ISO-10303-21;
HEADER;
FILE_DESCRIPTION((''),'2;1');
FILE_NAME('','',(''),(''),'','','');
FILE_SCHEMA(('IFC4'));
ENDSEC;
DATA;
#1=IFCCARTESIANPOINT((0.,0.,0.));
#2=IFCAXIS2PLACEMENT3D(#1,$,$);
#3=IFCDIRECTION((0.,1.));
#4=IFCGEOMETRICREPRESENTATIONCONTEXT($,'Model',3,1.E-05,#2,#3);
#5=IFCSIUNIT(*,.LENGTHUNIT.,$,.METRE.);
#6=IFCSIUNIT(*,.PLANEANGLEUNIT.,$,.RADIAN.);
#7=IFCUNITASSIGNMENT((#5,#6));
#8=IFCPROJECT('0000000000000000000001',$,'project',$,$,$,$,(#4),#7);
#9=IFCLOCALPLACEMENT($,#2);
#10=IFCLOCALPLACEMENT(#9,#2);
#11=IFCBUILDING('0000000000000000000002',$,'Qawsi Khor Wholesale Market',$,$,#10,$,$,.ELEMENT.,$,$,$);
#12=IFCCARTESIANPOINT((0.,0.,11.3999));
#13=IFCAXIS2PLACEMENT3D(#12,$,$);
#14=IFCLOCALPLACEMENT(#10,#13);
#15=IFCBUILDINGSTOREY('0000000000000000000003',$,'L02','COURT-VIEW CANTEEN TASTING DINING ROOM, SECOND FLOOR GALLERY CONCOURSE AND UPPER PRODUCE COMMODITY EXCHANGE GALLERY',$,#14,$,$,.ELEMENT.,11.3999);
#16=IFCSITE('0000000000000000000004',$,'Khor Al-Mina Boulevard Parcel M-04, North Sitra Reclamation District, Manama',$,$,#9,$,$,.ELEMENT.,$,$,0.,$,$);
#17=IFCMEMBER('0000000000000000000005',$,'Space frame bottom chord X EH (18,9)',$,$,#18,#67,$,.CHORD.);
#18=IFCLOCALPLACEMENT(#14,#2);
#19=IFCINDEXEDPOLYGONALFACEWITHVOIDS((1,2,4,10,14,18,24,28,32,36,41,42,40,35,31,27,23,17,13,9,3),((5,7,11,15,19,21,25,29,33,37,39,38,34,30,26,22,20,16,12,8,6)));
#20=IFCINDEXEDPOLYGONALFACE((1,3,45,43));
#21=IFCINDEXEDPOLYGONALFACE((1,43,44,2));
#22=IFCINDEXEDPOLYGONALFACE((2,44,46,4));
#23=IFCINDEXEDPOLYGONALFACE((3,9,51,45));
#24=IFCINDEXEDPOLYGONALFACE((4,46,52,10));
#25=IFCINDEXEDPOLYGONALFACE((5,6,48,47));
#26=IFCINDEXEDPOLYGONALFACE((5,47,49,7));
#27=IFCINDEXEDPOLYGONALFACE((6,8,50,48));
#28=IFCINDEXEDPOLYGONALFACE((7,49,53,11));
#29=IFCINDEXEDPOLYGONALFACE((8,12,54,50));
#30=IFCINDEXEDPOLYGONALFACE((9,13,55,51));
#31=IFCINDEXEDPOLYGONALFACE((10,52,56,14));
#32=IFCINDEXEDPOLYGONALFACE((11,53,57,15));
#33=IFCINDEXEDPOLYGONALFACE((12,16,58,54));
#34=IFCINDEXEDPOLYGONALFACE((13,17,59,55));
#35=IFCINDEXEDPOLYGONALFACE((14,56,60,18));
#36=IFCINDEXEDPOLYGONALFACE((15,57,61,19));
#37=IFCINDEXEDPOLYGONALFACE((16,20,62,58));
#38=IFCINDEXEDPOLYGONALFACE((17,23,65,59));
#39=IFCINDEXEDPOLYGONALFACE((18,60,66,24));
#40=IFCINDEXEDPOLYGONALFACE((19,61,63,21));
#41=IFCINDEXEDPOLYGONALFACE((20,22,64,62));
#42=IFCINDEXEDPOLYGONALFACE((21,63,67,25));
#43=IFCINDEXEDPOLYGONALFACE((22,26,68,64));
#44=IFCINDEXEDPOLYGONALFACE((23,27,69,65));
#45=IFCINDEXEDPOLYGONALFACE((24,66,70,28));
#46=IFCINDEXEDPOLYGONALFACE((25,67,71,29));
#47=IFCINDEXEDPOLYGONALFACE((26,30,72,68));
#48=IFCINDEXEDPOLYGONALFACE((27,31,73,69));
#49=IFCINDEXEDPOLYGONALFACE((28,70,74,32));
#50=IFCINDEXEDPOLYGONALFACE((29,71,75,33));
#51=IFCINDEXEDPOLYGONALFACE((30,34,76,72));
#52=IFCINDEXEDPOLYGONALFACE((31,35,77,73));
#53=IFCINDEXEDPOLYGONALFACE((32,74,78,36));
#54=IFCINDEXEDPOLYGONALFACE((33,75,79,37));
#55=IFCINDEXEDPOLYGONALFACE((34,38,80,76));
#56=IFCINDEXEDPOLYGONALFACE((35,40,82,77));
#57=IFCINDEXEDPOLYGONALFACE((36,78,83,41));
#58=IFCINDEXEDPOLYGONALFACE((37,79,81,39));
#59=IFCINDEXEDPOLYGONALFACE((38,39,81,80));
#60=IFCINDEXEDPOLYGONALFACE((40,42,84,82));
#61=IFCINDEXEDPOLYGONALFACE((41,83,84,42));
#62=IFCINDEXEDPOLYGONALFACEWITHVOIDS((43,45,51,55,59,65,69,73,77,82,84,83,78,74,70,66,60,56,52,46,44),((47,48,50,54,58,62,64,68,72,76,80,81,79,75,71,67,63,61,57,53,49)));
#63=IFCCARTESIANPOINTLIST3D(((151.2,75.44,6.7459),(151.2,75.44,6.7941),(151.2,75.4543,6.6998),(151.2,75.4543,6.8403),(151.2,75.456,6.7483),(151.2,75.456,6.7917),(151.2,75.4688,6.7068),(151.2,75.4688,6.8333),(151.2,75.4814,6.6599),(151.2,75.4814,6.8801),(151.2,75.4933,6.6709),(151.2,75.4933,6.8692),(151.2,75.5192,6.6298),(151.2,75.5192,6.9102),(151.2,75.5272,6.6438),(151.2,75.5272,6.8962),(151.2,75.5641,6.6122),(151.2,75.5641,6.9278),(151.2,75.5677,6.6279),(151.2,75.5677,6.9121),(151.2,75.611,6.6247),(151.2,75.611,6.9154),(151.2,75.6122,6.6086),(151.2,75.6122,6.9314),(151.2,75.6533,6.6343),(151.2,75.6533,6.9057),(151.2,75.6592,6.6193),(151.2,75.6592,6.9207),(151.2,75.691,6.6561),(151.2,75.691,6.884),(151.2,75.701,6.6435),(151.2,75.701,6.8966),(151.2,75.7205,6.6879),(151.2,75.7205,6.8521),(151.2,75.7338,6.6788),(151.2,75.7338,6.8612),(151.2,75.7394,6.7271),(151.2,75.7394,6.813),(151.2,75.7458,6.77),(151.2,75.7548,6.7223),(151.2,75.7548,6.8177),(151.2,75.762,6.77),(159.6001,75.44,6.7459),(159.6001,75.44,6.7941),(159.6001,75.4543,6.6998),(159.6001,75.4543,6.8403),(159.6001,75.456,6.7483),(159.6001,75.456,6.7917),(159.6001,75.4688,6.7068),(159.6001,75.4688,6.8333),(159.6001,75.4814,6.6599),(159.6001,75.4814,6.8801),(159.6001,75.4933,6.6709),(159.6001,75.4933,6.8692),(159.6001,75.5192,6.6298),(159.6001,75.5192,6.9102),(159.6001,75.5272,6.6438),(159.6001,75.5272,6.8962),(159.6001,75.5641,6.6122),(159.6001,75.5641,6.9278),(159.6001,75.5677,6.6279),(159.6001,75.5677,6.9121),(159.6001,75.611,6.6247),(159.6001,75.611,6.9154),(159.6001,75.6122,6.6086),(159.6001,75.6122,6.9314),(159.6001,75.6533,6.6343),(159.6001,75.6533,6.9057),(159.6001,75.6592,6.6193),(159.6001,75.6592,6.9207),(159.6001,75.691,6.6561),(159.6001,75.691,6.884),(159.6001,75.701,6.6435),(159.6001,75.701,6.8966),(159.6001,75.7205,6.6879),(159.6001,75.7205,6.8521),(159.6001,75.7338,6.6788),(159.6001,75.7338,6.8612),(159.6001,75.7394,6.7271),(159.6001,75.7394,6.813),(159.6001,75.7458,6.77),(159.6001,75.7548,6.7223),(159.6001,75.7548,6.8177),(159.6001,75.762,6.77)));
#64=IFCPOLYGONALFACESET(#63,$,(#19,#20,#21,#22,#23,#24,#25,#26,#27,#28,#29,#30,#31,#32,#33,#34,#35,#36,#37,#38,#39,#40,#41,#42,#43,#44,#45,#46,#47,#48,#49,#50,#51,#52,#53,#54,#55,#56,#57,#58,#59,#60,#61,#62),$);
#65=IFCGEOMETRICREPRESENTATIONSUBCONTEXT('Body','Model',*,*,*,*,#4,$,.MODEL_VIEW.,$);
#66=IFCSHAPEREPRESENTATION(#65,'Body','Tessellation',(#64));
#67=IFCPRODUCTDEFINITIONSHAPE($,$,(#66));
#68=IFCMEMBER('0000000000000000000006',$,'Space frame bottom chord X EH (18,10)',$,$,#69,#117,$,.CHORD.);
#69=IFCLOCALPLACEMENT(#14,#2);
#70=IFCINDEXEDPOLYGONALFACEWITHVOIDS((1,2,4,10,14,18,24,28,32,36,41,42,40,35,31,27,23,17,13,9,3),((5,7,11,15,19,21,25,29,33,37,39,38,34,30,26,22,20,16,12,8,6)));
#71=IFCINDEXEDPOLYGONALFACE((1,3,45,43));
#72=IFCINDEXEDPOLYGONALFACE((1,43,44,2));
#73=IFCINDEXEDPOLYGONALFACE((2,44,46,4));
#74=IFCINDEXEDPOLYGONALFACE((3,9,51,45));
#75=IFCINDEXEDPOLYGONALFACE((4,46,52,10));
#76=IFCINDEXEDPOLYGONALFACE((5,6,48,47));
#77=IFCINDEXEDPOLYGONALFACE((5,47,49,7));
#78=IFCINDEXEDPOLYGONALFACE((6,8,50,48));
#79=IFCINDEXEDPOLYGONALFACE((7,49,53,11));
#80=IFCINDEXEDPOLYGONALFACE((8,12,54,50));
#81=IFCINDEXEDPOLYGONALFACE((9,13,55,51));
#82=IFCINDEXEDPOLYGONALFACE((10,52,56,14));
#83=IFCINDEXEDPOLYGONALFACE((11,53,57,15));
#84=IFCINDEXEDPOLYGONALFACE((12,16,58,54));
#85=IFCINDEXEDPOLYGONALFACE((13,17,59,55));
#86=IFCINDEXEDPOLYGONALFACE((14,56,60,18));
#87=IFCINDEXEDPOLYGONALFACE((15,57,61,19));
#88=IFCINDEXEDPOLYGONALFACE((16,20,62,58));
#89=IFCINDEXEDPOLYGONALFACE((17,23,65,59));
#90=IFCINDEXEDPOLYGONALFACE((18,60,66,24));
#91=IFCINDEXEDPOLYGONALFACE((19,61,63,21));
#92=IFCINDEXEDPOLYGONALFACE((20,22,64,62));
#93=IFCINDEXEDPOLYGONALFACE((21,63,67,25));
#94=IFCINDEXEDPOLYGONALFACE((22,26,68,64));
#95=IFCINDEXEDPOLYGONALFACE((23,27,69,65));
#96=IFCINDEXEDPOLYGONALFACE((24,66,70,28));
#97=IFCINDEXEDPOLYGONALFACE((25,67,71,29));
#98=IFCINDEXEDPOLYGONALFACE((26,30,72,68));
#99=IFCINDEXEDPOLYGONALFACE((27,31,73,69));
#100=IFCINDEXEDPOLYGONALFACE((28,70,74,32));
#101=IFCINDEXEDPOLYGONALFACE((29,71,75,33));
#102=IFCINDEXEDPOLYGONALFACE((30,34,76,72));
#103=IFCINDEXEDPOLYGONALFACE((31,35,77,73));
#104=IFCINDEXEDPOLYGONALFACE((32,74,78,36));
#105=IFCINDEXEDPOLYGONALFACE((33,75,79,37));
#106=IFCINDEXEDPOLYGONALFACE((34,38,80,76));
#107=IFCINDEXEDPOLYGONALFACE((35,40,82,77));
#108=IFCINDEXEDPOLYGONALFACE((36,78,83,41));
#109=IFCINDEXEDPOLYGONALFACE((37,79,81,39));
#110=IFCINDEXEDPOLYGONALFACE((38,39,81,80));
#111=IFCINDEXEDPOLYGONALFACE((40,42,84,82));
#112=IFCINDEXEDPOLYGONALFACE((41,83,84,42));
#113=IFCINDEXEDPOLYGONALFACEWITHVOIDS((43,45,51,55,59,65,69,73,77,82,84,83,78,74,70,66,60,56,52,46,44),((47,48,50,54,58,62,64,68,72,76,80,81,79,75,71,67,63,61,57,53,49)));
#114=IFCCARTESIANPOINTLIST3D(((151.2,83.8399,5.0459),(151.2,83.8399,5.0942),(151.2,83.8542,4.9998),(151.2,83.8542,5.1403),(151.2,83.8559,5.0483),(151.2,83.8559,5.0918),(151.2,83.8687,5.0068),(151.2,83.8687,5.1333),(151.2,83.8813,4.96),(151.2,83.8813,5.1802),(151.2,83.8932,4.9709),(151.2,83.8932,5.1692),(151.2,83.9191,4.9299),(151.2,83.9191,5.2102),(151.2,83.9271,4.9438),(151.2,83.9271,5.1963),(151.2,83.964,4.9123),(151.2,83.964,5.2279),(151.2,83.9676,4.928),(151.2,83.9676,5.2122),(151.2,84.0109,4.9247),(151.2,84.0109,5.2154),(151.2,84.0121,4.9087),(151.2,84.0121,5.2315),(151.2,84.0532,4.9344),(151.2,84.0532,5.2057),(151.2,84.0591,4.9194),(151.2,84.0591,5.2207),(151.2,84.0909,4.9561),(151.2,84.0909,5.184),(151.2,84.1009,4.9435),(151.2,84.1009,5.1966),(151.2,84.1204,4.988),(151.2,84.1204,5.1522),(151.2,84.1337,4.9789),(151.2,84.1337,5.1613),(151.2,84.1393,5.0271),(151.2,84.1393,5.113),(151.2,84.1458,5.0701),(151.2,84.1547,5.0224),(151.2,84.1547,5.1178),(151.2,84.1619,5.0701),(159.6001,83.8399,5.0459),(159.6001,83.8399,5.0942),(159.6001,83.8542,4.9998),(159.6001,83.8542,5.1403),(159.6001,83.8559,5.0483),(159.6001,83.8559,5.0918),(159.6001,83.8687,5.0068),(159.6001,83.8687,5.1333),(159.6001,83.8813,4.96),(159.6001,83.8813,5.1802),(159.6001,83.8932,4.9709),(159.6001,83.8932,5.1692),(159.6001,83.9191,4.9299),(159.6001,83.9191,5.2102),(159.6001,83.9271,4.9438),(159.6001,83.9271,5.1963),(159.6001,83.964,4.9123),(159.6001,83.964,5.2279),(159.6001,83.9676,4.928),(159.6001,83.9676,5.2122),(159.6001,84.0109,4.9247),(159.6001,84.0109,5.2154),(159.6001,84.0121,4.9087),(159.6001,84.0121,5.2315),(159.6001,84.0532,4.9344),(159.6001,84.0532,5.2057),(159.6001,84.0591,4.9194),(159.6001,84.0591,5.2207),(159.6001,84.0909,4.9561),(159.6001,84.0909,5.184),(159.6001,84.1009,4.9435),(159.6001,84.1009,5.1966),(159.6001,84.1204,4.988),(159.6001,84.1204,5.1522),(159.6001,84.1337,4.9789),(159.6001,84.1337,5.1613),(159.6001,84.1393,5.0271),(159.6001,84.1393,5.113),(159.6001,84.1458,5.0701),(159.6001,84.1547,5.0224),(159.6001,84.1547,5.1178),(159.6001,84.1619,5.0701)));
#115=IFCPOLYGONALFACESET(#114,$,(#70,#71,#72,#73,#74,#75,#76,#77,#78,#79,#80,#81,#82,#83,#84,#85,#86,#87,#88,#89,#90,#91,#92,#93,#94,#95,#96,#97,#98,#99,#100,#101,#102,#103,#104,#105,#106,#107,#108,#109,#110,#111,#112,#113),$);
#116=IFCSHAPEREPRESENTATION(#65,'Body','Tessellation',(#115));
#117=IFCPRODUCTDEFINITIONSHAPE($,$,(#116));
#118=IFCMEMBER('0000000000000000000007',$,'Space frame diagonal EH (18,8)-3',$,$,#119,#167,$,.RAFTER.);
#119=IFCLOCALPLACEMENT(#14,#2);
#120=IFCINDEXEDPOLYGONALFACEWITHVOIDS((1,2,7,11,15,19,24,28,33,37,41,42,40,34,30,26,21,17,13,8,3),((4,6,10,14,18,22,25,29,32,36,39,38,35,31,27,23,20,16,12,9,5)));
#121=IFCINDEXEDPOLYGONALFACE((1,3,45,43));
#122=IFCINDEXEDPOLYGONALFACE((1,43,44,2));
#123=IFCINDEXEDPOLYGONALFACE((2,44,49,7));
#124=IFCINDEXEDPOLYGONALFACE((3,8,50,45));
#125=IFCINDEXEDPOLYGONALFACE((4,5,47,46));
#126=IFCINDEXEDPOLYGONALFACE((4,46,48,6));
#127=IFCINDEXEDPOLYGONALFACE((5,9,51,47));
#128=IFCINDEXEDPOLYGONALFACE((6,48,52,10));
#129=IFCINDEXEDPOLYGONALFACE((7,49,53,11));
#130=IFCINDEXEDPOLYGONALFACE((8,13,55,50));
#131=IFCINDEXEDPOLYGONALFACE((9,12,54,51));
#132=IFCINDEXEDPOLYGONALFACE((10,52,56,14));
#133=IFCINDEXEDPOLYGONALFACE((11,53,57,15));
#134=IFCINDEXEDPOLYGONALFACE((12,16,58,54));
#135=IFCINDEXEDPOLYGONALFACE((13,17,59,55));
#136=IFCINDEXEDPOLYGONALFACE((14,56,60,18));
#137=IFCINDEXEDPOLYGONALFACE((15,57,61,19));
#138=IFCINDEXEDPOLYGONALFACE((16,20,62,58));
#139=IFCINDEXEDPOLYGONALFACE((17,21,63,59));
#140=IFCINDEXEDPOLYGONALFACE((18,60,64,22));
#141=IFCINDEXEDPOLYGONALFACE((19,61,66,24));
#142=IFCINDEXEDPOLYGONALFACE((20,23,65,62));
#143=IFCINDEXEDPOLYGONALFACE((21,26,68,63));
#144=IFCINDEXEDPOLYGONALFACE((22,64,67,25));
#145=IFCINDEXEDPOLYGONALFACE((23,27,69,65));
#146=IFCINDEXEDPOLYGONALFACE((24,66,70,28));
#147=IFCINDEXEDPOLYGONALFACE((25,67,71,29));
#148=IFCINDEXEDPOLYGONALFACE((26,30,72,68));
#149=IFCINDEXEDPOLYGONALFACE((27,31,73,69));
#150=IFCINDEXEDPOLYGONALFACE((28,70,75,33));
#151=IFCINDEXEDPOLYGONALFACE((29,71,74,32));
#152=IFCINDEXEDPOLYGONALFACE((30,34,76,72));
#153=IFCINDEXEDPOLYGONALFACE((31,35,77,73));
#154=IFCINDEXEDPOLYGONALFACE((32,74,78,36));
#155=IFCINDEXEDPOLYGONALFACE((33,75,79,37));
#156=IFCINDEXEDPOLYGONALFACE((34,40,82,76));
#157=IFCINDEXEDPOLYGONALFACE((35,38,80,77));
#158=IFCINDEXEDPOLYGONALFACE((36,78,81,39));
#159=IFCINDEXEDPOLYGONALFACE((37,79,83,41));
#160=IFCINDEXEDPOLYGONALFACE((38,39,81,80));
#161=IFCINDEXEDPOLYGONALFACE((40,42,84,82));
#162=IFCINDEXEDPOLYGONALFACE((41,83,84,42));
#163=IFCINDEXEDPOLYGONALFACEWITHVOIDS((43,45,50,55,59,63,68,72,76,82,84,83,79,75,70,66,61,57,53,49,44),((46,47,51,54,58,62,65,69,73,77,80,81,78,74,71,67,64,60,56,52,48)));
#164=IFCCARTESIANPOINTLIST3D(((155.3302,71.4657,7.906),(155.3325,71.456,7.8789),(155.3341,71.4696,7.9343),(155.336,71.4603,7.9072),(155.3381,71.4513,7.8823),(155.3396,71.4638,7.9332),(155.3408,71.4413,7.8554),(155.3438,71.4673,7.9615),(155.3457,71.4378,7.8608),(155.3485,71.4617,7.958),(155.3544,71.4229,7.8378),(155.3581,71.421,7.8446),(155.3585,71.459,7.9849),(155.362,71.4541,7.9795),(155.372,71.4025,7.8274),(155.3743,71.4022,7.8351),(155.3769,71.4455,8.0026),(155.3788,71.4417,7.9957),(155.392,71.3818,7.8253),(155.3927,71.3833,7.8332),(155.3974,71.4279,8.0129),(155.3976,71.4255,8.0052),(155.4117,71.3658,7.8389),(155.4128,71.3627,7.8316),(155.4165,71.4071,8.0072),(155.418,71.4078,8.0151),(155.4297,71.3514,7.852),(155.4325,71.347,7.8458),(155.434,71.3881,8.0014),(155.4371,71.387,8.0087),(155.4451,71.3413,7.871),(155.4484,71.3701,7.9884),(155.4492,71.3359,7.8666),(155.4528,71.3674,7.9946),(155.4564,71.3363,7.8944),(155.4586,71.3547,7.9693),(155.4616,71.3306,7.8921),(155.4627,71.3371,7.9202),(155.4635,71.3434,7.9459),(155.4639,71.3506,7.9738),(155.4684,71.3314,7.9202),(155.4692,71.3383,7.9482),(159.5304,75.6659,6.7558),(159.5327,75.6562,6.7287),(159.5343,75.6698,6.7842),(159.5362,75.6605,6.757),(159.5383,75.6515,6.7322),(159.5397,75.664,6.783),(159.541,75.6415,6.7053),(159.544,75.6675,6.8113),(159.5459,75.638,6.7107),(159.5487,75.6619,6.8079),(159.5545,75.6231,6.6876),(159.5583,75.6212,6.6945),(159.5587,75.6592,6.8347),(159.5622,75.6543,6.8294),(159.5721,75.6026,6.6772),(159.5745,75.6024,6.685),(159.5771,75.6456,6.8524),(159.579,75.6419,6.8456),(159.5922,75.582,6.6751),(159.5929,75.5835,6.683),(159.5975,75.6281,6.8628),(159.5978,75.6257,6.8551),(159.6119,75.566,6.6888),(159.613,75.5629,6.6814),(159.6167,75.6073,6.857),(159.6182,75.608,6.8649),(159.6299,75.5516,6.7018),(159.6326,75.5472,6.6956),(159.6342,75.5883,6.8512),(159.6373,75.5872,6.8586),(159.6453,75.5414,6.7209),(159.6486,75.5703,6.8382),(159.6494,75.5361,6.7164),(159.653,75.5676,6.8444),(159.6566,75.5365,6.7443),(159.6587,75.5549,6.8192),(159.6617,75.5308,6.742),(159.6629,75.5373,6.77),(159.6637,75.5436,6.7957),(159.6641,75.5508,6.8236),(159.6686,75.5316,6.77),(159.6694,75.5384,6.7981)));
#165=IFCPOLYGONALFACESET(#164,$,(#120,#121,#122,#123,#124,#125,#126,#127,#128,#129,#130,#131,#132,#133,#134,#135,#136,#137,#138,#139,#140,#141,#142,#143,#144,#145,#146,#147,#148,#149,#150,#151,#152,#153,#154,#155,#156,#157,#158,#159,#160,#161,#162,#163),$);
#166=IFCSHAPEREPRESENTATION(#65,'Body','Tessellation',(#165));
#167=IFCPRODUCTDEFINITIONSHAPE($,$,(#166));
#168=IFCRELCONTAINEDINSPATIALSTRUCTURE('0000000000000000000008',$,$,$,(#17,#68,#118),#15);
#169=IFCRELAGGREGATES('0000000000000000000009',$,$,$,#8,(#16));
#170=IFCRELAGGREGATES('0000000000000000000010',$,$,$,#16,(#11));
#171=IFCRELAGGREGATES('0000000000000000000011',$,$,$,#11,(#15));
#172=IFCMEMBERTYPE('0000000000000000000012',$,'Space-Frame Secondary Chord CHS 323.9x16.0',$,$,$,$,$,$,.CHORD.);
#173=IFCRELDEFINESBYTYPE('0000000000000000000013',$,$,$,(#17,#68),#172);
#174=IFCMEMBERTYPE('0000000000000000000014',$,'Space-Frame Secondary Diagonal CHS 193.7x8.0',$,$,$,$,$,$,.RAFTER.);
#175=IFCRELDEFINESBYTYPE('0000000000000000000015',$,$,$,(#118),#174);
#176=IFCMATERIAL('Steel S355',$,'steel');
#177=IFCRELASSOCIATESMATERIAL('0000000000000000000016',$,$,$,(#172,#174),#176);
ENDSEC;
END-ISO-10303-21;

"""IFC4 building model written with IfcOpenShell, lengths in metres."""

from ifc_helpers import new_model, si_unit, direction, frame, origin, origin_2d, place, context, subcontext, project, spatial, hollow_circle, extrude, material, material_profile, profile_set, type_object, element, save


model = new_model("IFC4")

# Units and contexts
model_context = context("Model", 3, precision=1e-05, world=origin(), true_north=direction((0.0, 1.0)))
body_context = subcontext(model_context, "Body", "Model", "MODEL_VIEW")
ifc_project = project(units=[si_unit("LENGTHUNIT", "METRE"), si_unit("PLANEANGLEUNIT", "RADIAN")], contexts=[model_context])

# Site, building, storey
site_placement = place(None, origin())
site = spatial("IfcSite", under=ifc_project, at=site_placement, Name="Khor Al-Mina Boulevard Parcel M-04, North Sitra Reclamation District, Manama", CompositionType="ELEMENT", RefElevation=0.0)
building_placement = place(site_placement, origin())
building = spatial("IfcBuilding", under=site, at=building_placement, Name="Qawsi Khor Wholesale Market", CompositionType="ELEMENT")
storey_placement = place(building_placement, frame((0.0, 0.0, 11.3999)))
storey = spatial("IfcBuildingStorey", under=building, at=storey_placement, Name="L02", Description="COURT-VIEW CANTEEN TASTING DINING ROOM, SECOND FLOOR GALLERY CONCOURSE AND UPPER PRODUCE COMMODITY EXCHANGE GALLERY", CompositionType="ELEMENT", Elevation=11.3999)

# Members
ifc_material_1 = material(Name="Steel S355", Category="steel")
ifc_material_profile_1 = material_profile(ifc_material_1, hollow_circle(Radius=0.1619, WallThickness=0.0161, at=origin_2d()), Name="CHS 323.9x16.0")
ifc_profile_set_1 = profile_set([ifc_material_profile_1], Name="Steel S355")
member_type_1 = type_object("IfcMemberType", Name="Space-Frame Secondary Chord CHS 323.9x16.0", PredefinedType="CHORD", material=ifc_profile_set_1)
for number, where, z_axis, x_axis, name in (
    (1, (151.2, 75.6001, 6.77), (1.0, 0.0, 0.0), (0.0, 1.0, 0.0), "Space frame bottom chord X EH (18,9)"),
    (2, (151.2, 84.0, 5.0701), (1.0, 0.0, 0.0), (0.0, 1.0, 0.0), "Space frame bottom chord X EH (18,10)"),
):
    element("IfcMember", number, at=place(storey_placement, frame(where, z_axis=z_axis, x_axis=x_axis)), inside=storey, type_object=member_type_1, Name=name, PredefinedType="CHORD", context=body_context, shape_type="SweptSolid", body=[
        extrude(hollow_circle(Radius=0.1619, WallThickness=0.0161, at=origin_2d()), origin(), (0.0, 0.0, 1.0), 8.4001),
    ])
ifc_material_profile_2 = material_profile(ifc_material_1, hollow_circle(Radius=0.0969, WallThickness=0.0081, at=origin_2d()), Name="CHS 193.7x8.0")
ifc_profile_set_2 = profile_set([ifc_material_profile_2], Name="Steel S355")
member_type_2 = type_object("IfcMemberType", Name="Space-Frame Secondary Diagonal CHS 193.7x8.0", PredefinedType="RAFTER", material=ifc_profile_set_2)
member_1_placement = place(storey_placement, frame((159.6001, 75.6001, 6.77), z_axis=(-0.694213, -0.694213, 0.190097), x_axis=(0.707107, -0.707107, 0.0)))
element("IfcMember", 3, at=member_1_placement, inside=storey, type_object=member_type_2, Name="Space frame diagonal EH (18,8)-3", PredefinedType="RAFTER", context=body_context, shape_type="SweptSolid", body=[
    extrude(hollow_circle(Radius=0.0969, WallThickness=0.0081, at=origin_2d()), origin(), (0.0, 0.0, 1.0), 6.0503),
])

save(model, "model.ifc")
